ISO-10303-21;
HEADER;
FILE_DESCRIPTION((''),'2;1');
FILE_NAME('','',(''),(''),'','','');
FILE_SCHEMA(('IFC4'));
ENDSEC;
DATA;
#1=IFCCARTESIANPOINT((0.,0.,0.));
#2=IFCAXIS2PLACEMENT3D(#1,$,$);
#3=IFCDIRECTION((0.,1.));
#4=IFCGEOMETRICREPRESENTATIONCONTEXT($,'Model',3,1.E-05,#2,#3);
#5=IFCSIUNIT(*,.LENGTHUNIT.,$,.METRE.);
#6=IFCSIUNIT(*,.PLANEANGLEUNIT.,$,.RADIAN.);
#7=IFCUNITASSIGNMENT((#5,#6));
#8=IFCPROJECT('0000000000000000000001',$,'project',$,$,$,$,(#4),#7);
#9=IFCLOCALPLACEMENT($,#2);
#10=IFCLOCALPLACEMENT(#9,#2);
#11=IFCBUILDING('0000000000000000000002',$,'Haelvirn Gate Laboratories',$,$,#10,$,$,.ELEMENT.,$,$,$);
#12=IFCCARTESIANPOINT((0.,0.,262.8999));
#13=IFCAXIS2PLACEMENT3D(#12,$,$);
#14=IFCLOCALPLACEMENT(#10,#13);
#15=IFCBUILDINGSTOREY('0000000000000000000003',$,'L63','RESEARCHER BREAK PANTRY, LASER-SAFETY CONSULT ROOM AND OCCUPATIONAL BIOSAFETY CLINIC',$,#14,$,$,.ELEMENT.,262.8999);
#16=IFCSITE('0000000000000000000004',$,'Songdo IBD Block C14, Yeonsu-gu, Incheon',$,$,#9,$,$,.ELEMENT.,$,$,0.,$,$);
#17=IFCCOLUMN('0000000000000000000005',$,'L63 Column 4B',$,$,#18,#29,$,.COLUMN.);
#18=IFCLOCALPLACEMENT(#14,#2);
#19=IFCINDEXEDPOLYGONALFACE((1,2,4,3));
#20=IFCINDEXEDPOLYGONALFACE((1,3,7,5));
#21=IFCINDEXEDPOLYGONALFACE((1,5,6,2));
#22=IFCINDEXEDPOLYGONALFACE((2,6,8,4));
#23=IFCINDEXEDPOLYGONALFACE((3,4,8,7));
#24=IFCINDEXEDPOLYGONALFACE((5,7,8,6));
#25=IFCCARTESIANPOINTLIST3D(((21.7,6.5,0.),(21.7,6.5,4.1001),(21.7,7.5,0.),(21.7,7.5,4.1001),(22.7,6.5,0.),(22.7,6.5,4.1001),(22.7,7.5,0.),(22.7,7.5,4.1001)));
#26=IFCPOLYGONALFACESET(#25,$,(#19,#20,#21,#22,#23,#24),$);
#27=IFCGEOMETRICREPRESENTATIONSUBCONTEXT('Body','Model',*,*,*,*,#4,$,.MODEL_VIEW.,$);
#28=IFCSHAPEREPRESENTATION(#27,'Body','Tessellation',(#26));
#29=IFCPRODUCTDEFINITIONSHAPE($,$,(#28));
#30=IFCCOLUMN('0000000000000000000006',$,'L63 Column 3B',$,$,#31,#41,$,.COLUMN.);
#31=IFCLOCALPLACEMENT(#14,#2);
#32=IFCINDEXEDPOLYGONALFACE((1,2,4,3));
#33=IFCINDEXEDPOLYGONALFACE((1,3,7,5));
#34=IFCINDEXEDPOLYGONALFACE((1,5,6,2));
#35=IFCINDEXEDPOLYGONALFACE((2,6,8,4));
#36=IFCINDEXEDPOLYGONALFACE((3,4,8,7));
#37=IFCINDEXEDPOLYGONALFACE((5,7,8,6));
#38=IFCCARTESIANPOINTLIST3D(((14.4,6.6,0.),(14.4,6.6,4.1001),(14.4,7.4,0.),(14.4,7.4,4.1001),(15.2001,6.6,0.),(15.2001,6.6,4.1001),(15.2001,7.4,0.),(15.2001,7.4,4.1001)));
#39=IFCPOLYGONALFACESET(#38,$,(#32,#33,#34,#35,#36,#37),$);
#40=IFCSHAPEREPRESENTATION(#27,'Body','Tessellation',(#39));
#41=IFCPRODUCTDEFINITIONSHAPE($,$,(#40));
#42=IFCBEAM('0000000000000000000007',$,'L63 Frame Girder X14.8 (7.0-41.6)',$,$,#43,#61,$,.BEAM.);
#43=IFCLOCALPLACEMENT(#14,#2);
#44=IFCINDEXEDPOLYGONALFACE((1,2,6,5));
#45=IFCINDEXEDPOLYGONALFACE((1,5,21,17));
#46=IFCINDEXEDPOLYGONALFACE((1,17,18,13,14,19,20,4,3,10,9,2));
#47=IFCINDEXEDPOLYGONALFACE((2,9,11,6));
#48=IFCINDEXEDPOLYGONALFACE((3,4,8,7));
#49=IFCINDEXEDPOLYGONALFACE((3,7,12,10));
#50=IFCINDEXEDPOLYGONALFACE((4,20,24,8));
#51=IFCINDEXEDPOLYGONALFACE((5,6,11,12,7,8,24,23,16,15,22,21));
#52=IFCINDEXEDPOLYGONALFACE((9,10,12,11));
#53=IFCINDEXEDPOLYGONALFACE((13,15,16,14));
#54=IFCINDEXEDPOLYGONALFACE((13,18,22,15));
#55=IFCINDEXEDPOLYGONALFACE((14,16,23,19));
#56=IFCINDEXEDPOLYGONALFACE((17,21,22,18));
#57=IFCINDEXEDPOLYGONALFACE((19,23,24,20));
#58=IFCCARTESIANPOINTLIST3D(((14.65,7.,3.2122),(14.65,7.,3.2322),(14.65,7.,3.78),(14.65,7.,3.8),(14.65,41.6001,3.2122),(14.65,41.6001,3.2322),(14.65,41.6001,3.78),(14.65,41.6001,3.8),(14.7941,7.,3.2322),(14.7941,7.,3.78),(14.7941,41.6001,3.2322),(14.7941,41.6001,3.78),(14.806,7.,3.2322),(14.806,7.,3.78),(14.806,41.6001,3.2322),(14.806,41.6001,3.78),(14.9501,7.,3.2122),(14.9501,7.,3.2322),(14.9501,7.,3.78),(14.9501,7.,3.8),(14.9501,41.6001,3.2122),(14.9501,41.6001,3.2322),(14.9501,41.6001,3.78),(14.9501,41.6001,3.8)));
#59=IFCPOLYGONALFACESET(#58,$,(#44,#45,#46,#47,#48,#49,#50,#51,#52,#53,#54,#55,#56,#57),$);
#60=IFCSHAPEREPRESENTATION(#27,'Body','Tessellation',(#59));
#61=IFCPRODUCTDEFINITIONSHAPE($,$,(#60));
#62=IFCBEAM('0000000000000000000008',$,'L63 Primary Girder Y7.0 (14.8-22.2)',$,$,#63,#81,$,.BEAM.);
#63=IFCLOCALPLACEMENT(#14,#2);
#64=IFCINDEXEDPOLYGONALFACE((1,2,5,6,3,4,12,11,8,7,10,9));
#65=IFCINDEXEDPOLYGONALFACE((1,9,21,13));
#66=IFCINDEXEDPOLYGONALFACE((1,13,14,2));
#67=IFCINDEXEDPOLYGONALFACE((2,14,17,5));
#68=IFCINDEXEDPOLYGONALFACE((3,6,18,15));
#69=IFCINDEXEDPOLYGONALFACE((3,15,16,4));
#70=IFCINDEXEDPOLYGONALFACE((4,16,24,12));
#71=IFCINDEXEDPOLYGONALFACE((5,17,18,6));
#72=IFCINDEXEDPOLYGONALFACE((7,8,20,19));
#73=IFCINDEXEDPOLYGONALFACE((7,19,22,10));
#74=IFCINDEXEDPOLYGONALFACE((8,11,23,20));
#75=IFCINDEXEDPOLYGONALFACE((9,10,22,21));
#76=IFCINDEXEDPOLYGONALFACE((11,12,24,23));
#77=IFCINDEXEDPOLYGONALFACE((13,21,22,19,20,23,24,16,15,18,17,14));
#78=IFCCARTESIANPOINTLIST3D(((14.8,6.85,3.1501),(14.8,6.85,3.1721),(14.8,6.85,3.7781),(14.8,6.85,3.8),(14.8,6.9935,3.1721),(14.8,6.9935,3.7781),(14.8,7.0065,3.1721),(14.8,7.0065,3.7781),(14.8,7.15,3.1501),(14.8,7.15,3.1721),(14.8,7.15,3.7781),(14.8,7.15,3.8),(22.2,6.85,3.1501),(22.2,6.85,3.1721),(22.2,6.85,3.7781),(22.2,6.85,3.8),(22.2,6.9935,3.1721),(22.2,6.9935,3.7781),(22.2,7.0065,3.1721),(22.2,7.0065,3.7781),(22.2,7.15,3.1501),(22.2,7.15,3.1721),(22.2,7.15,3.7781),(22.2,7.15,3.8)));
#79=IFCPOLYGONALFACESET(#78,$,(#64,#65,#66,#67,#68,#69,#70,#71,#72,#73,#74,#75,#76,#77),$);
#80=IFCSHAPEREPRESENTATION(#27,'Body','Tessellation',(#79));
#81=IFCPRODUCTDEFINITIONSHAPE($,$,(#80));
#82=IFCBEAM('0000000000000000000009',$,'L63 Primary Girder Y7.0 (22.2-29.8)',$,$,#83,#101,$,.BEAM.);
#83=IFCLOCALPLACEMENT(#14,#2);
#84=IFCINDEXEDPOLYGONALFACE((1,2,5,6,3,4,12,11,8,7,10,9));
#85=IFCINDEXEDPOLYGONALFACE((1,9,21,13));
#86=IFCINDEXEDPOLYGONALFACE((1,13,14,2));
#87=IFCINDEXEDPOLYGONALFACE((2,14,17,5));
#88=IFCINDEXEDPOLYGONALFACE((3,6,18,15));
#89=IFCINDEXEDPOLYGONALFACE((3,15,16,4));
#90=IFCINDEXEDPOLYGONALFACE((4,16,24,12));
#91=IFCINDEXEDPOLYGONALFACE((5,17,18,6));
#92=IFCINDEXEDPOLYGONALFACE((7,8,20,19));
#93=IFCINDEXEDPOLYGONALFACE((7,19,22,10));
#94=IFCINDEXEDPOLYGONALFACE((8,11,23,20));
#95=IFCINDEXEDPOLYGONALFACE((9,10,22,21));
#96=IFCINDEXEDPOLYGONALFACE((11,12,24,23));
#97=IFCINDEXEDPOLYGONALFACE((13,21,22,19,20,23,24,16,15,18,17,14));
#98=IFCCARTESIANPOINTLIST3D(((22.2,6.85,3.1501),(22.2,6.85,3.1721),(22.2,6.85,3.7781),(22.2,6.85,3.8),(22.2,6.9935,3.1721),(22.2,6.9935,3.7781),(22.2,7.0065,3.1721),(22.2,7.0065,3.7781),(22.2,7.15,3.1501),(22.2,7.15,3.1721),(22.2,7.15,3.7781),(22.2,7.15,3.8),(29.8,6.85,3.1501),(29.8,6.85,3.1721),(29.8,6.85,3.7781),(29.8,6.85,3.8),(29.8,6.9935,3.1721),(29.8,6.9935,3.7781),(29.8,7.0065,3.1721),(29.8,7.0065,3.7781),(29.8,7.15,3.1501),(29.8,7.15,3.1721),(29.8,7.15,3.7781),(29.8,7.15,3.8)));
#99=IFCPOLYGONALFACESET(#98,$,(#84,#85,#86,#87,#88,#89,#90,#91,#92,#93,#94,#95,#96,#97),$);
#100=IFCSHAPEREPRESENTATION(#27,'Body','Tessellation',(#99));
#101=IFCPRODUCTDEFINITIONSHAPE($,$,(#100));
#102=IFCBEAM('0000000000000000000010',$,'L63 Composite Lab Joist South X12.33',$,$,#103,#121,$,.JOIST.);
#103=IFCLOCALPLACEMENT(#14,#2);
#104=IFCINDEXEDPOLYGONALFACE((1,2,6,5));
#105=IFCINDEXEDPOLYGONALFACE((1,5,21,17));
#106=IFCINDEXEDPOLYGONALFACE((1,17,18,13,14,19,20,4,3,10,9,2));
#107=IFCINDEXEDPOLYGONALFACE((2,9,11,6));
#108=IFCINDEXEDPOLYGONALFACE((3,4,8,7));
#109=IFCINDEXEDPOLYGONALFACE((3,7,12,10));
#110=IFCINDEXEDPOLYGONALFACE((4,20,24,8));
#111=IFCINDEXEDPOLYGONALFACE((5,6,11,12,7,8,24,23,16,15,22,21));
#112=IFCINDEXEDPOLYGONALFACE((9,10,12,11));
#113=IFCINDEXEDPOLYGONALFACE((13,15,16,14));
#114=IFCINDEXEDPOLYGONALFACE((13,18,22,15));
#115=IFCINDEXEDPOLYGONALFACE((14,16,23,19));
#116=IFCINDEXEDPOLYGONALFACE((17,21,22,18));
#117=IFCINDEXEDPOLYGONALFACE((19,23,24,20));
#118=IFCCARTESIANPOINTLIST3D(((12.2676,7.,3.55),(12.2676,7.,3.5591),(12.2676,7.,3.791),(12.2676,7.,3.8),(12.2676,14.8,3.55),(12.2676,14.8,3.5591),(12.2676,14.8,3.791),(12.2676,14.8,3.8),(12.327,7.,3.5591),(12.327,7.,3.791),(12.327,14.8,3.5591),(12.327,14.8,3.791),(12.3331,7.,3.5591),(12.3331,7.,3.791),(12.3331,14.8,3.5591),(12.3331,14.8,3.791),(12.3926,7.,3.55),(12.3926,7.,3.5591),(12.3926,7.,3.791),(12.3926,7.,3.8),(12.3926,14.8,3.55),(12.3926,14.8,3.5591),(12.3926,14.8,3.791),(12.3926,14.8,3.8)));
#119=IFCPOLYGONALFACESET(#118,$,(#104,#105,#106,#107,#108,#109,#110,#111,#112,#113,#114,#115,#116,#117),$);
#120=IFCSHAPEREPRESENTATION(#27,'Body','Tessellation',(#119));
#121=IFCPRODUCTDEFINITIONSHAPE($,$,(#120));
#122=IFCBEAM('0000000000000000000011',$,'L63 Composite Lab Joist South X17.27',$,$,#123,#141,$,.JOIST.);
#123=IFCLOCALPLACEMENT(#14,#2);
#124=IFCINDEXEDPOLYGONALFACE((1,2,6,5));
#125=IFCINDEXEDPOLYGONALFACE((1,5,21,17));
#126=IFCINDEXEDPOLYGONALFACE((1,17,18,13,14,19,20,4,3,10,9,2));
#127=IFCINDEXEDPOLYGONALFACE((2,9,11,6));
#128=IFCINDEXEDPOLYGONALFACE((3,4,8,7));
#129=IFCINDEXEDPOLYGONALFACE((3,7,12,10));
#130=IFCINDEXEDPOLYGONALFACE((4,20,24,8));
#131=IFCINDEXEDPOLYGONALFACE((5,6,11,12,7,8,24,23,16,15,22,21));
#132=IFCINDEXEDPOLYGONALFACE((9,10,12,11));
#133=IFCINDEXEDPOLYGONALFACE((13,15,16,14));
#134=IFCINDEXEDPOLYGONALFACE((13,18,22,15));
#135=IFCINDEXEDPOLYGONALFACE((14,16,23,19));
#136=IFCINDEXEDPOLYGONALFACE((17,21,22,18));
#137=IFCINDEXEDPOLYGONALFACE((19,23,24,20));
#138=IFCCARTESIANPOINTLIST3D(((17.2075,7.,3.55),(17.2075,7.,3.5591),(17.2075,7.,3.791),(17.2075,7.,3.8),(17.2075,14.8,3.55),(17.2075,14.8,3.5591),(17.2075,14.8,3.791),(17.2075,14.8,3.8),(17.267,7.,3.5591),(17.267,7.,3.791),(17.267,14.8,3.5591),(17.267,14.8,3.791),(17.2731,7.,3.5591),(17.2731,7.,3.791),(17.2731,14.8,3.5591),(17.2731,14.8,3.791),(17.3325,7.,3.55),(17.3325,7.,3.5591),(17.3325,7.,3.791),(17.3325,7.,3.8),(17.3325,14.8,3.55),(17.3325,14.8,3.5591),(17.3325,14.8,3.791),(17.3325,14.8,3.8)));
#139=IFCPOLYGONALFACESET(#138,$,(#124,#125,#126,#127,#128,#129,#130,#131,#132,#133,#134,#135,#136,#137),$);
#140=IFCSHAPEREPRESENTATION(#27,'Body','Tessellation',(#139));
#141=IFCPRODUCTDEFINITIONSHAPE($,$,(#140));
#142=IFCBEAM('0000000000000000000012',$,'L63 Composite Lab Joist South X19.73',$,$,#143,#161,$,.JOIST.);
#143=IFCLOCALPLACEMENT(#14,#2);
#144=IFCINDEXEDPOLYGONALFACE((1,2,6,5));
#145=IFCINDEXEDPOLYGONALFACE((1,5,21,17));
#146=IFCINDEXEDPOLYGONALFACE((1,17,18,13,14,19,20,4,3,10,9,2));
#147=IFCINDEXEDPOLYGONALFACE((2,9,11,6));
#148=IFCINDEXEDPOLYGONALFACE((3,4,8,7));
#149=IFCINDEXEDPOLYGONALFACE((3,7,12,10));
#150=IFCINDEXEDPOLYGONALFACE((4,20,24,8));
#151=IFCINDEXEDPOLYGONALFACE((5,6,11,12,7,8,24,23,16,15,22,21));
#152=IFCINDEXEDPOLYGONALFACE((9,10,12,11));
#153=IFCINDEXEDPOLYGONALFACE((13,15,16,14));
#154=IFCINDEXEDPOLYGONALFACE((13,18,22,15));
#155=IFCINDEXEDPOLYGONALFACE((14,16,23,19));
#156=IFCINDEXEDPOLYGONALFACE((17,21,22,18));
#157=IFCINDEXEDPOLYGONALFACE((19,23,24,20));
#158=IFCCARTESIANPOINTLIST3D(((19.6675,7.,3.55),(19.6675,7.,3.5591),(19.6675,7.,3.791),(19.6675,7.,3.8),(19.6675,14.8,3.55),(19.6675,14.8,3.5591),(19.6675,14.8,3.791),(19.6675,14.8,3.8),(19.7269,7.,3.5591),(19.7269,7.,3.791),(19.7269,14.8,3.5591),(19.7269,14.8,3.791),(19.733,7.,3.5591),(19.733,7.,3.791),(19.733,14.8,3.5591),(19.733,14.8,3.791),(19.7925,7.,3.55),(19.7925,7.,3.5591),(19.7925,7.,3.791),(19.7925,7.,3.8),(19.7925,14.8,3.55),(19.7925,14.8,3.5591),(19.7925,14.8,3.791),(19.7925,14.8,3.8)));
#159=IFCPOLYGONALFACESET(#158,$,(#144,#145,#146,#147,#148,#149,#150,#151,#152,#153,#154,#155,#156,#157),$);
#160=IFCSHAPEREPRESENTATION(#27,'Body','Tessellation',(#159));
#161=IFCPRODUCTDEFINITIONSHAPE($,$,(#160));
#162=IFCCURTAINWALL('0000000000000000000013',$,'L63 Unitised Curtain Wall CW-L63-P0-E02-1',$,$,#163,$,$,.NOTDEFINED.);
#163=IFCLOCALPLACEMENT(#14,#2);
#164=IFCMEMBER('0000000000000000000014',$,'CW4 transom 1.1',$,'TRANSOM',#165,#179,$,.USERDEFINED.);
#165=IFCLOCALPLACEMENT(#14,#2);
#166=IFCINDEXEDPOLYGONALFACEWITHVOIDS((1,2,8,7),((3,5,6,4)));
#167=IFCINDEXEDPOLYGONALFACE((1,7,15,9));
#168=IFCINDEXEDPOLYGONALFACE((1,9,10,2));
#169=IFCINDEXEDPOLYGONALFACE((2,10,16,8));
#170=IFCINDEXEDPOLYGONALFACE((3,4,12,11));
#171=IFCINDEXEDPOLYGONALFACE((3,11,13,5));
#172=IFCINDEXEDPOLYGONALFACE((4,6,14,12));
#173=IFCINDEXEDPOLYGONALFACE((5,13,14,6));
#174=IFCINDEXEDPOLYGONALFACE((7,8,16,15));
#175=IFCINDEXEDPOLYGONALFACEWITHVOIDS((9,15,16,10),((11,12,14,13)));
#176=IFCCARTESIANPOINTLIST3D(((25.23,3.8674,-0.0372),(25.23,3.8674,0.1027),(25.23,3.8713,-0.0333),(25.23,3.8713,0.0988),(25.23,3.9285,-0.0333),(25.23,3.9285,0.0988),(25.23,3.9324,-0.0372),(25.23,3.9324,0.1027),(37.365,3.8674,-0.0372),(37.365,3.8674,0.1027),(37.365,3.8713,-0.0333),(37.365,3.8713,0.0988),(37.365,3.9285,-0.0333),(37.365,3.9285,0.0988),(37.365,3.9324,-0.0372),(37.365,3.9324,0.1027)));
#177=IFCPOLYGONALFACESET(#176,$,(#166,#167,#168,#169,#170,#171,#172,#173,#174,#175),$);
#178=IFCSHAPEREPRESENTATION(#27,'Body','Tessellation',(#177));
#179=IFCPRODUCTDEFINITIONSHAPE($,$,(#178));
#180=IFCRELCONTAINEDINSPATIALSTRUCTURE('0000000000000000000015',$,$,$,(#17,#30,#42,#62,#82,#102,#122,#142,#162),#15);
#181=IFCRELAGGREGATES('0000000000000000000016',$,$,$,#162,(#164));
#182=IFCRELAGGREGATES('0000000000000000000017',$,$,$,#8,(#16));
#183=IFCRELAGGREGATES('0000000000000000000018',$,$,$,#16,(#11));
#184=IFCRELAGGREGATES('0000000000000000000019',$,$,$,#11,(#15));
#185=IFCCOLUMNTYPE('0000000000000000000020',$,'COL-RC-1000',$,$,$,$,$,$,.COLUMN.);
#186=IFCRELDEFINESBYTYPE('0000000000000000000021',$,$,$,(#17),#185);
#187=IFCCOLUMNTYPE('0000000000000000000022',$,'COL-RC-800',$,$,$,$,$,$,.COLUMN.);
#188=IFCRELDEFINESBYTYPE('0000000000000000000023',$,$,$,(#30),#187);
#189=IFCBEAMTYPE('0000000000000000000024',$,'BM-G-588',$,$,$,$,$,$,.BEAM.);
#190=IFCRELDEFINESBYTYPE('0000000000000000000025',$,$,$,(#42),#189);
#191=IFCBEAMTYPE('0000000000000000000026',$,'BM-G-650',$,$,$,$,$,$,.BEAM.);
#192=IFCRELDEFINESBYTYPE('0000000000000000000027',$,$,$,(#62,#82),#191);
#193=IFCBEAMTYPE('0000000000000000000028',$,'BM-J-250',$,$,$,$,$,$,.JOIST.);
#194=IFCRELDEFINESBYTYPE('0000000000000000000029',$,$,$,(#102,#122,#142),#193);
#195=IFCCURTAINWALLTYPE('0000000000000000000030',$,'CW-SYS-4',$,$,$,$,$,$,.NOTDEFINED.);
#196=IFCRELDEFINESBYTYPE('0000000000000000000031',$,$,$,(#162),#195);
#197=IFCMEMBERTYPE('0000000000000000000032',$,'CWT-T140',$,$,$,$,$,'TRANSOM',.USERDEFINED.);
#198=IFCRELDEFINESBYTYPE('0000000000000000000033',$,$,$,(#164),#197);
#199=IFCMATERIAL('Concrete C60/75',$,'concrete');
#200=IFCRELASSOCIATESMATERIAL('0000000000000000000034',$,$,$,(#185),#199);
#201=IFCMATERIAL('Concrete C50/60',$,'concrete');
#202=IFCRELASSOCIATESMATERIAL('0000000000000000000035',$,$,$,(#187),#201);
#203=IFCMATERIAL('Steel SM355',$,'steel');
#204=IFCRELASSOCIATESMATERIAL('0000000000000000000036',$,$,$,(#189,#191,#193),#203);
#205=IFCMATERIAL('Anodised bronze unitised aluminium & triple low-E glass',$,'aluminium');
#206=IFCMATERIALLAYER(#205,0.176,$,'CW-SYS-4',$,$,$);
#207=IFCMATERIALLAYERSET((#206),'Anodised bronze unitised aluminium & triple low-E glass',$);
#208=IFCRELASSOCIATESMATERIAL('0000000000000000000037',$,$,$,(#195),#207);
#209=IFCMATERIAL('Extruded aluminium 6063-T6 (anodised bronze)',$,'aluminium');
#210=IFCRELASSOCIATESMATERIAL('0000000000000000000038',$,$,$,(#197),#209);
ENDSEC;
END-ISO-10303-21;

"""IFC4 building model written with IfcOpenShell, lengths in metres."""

from ifc_helpers import new_model, si_unit, direction, frame, origin, origin_2d, place, context, subcontext, project, spatial, rectangle, hollow_rectangle, i_section, extrude, source, transform, mapped, material, layer, layer_set, material_profile, profile_set, type_object, type_shapes, element, aggregate, save


model = new_model("IFC4")

# Units and contexts
model_context = context("Model", 3, precision=1e-05, world=origin(), true_north=direction((0.0, 1.0)))
body_context = subcontext(model_context, "Body", "Model", "MODEL_VIEW")
ifc_project = project(units=[si_unit("LENGTHUNIT", "METRE"), si_unit("PLANEANGLEUNIT", "RADIAN")], contexts=[model_context])

# Site, building, storey
site_placement = place(None, origin())
site = spatial("IfcSite", under=ifc_project, at=site_placement, Name="Songdo IBD Block C14, Yeonsu-gu, Incheon", CompositionType="ELEMENT", RefElevation=0.0)
building_placement = place(site_placement, origin())
building = spatial("IfcBuilding", under=site, at=building_placement, Name="Haelvirn Gate Laboratories", CompositionType="ELEMENT")
storey_placement = place(building_placement, frame((0.0, 0.0, 262.8999)))
storey = spatial("IfcBuildingStorey", under=building, at=storey_placement, Name="L63", Description="RESEARCHER BREAK PANTRY, LASER-SAFETY CONSULT ROOM AND OCCUPATIONAL BIOSAFETY CLINIC", CompositionType="ELEMENT", Elevation=262.8999)

# Columns
ifc_material_1 = material(Name="Concrete C60/75", Category="concrete")
ifc_material_profile_1 = material_profile(ifc_material_1, rectangle(XDim=1.0, YDim=1.0, at=origin_2d()), Name="RC-1000x1000")
ifc_profile_set_1 = profile_set([ifc_material_profile_1], Name="Concrete C60/75")
column_type_1 = type_object("IfcColumnType", Name="COL-RC-1000", PredefinedType="COLUMN", material=ifc_profile_set_1)
shared_shape_1 = source(origin(), body_context, "Body", "SweptSolid", [
    extrude(rectangle(XDim=1.0, YDim=1.0, at=origin_2d()), origin(), (0.0, 0.0, 1.0), 4.1001),
])
type_shapes(column_type_1, [shared_shape_1])
column_1_placement = place(storey_placement, frame((22.2, 7.0, 0.0), z_axis=(0.0, 0.0, 1.0), x_axis=(1.0, 0.0, 0.0)))
element("IfcColumn", 1, at=column_1_placement, inside=storey, type_object=column_type_1, Name="L63 Column 4B", PredefinedType="COLUMN", context=body_context, shape_type="MappedRepresentation", body=[
    mapped(shared_shape_1, transform((0.0, 0.0, 0.0), scale=1.0)),
])
ifc_material_2 = material(Name="Concrete C50/60", Category="concrete")
ifc_material_profile_2 = material_profile(ifc_material_2, rectangle(XDim=0.8, YDim=0.8, at=origin_2d()), Name="RC-800x800")
ifc_profile_set_2 = profile_set([ifc_material_profile_2], Name="Concrete C50/60")
column_type_2 = type_object("IfcColumnType", Name="COL-RC-800", PredefinedType="COLUMN", material=ifc_profile_set_2)
shared_shape_2 = source(origin(), body_context, "Body", "SweptSolid", [
    extrude(rectangle(XDim=0.8, YDim=0.8, at=origin_2d()), origin(), (0.0, 0.0, 1.0), 4.1001),
])
type_shapes(column_type_2, [shared_shape_2])
column_2_placement = place(storey_placement, frame((14.8, 7.0, 0.0), z_axis=(0.0, 0.0, 1.0), x_axis=(1.0, 0.0, 0.0)))
element("IfcColumn", 2, at=column_2_placement, inside=storey, type_object=column_type_2, Name="L63 Column 3B", PredefinedType="COLUMN", context=body_context, shape_type="MappedRepresentation", body=[
    mapped(shared_shape_2, transform((0.0, 0.0, 0.0), scale=1.0)),
])

# Beams
ifc_material_3 = material(Name="Steel SM355", Category="steel")
ifc_material_profile_3 = material_profile(ifc_material_3, i_section(OverallWidth=0.3, OverallDepth=0.5879, WebThickness=0.012, FlangeThickness=0.02, at=origin_2d()), Name="H-588x300x12x20")
ifc_profile_set_3 = profile_set([ifc_material_profile_3], Name="Steel SM355")
beam_type_1 = type_object("IfcBeamType", Name="BM-G-588", PredefinedType="BEAM", material=ifc_profile_set_3)
shared_shape_3 = source(origin(), body_context, "Body", "SweptSolid", [
    extrude(i_section(OverallWidth=0.3, OverallDepth=0.5879, WebThickness=0.012, FlangeThickness=0.02, at=origin_2d()), origin(), (0.0, 0.0, 1.0), 34.6001),
])
type_shapes(beam_type_1, [shared_shape_3])
beam_1_placement = place(storey_placement, frame((14.8, 7.0, 3.5061), z_axis=(0.0, 1.0, 0.0), x_axis=(-1.0, 0.0, 0.0)))
element("IfcBeam", 3, at=beam_1_placement, inside=storey, type_object=beam_type_1, Name="L63 Frame Girder X14.8 (7.0-41.6)", PredefinedType="BEAM", context=body_context, shape_type="MappedRepresentation", body=[
    mapped(shared_shape_3, transform((0.0, 0.0, 0.0), scale=1.0)),
])
ifc_material_profile_4 = material_profile(ifc_material_3, i_section(OverallWidth=0.3, OverallDepth=0.6499, WebThickness=0.0129, FlangeThickness=0.022, at=origin_2d()), Name="H-650x300x13x22")
ifc_profile_set_4 = profile_set([ifc_material_profile_4], Name="Steel SM355")
beam_type_2 = type_object("IfcBeamType", Name="BM-G-650", PredefinedType="BEAM", material=ifc_profile_set_4)
shared_shape_4 = source(origin(), body_context, "Body", "SweptSolid", [
    extrude(i_section(OverallWidth=0.3, OverallDepth=0.6499, WebThickness=0.0129, FlangeThickness=0.022, at=origin_2d()), origin(), (0.0, 0.0, 1.0), 7.3999),
])
beam_2_placement = place(storey_placement, frame((14.8, 7.0, 3.4751), z_axis=(1.0, 0.0, 0.0), x_axis=(0.0, 1.0, 0.0)))
element("IfcBeam", 4, at=beam_2_placement, inside=storey, type_object=beam_type_2, Name="L63 Primary Girder Y7.0 (14.8-22.2)", PredefinedType="BEAM", context=body_context, shape_type="MappedRepresentation", body=[
    mapped(shared_shape_4, transform((0.0, 0.0, 0.0), scale=1.0)),
])
shared_shape_5 = source(origin(), body_context, "Body", "SweptSolid", [
    extrude(i_section(OverallWidth=0.3, OverallDepth=0.6499, WebThickness=0.0129, FlangeThickness=0.022, at=origin_2d()), origin(), (0.0, 0.0, 1.0), 7.6001),
])
type_shapes(beam_type_2, [shared_shape_4, shared_shape_5])
beam_3_placement = place(storey_placement, frame((22.2, 7.0, 3.4751), z_axis=(1.0, 0.0, 0.0), x_axis=(0.0, 1.0, 0.0)))
element("IfcBeam", 5, at=beam_3_placement, inside=storey, type_object=beam_type_2, Name="L63 Primary Girder Y7.0 (22.2-29.8)", PredefinedType="BEAM", context=body_context, shape_type="MappedRepresentation", body=[
    mapped(shared_shape_5, transform((0.0, 0.0, 0.0), scale=1.0)),
])
ifc_material_profile_5 = material_profile(ifc_material_3, i_section(OverallWidth=0.125, OverallDepth=0.25, WebThickness=0.0061, FlangeThickness=0.009, at=origin_2d()), Name="H-250x125x6x9")
ifc_profile_set_5 = profile_set([ifc_material_profile_5], Name="Steel SM355")
beam_type_3 = type_object("IfcBeamType", Name="BM-J-250", PredefinedType="JOIST", material=ifc_profile_set_5)
shared_shape_6 = source(origin(), body_context, "Body", "SweptSolid", [
    extrude(i_section(OverallWidth=0.125, OverallDepth=0.25, WebThickness=0.0061, FlangeThickness=0.009, at=origin_2d()), origin(), (0.0, 0.0, 1.0), 7.8),
])
type_shapes(beam_type_3, [shared_shape_6])
for number, where, z_axis, x_axis, name in (
    (6, (12.3301, 7.0, 3.675), (0.0, 1.0, 0.0), (-1.0, 0.0, 0.0), "L63 Composite Lab Joist South X12.33"),
    (7, (17.27, 7.0, 3.675), (0.0, 1.0, 0.0), (-1.0, 0.0, 0.0), "L63 Composite Lab Joist South X17.27"),
    (8, (19.73, 7.0, 3.675), (0.0, 1.0, 0.0), (-1.0, 0.0, 0.0), "L63 Composite Lab Joist South X19.73"),
):
    element("IfcBeam", number, at=place(storey_placement, frame(where, z_axis=z_axis, x_axis=x_axis)), inside=storey, type_object=beam_type_3, Name=name, PredefinedType="JOIST", context=body_context, shape_type="MappedRepresentation", body=[
        mapped(shared_shape_6, transform((0.0, 0.0, 0.0), scale=1.0)),
    ])

# Curtain wall, member
ifc_material_4 = material(Name="Anodised bronze unitised aluminium & triple low-E glass", Category="aluminium")
ifc_layer_1 = layer(ifc_material_4, 0.176, Name="CW-SYS-4")
ifc_layer_set_1 = layer_set([ifc_layer_1], Name="Anodised bronze unitised aluminium & triple low-E glass")
curtain_wall_type = type_object("IfcCurtainWallType", Name="CW-SYS-4", PredefinedType="NOTDEFINED", material=ifc_layer_set_1)
curtain_wall_1_placement = place(storey_placement, origin())
curtain_wall_1 = element("IfcCurtainWall", 9, at=curtain_wall_1_placement, inside=storey, type_object=curtain_wall_type, Name="L63 Unitised Curtain Wall CW-L63-P0-E02-1", PredefinedType="NOTDEFINED")
ifc_material_5 = material(Name="Extruded aluminium 6063-T6 (anodised bronze)", Category="aluminium")
ifc_material_profile_6 = material_profile(ifc_material_5, hollow_rectangle(XDim=0.0649, YDim=0.1399, WallThickness=0.0039, at=origin_2d()), Name="CWT-140x65x4")
ifc_profile_set_6 = profile_set([ifc_material_profile_6], Name="Extruded aluminium 6063-T6 (anodised bronze)")
member_type_1 = type_object("IfcMemberType", Name="CWT-T140", ElementType="TRANSOM", PredefinedType="USERDEFINED", material=ifc_profile_set_6)
shared_shape_7 = source(origin(), body_context, "Body", "SweptSolid", [
    extrude(hollow_rectangle(XDim=0.0649, YDim=0.1399, WallThickness=0.0039, at=origin_2d()), origin(), (0.0, 0.0, 1.0), 12.135),
])
member_1_placement = place(storey_placement, frame((25.23, 3.8999, 0.0327), z_axis=(1.0, 0.0, 0.0), x_axis=(0.0, 1.0, 0.0)))
member_1 = element("IfcMember", 10, at=member_1_placement, type_object=member_type_1, Name="CW4 transom 1.1", ObjectType="TRANSOM", PredefinedType="USERDEFINED", context=body_context, shape_type="MappedRepresentation", body=[
    mapped(shared_shape_7, transform((0.0, 0.0, 0.0), scale=1.0)),
])

aggregate(curtain_wall_1, [member_1])

save(model, "model.ifc")
